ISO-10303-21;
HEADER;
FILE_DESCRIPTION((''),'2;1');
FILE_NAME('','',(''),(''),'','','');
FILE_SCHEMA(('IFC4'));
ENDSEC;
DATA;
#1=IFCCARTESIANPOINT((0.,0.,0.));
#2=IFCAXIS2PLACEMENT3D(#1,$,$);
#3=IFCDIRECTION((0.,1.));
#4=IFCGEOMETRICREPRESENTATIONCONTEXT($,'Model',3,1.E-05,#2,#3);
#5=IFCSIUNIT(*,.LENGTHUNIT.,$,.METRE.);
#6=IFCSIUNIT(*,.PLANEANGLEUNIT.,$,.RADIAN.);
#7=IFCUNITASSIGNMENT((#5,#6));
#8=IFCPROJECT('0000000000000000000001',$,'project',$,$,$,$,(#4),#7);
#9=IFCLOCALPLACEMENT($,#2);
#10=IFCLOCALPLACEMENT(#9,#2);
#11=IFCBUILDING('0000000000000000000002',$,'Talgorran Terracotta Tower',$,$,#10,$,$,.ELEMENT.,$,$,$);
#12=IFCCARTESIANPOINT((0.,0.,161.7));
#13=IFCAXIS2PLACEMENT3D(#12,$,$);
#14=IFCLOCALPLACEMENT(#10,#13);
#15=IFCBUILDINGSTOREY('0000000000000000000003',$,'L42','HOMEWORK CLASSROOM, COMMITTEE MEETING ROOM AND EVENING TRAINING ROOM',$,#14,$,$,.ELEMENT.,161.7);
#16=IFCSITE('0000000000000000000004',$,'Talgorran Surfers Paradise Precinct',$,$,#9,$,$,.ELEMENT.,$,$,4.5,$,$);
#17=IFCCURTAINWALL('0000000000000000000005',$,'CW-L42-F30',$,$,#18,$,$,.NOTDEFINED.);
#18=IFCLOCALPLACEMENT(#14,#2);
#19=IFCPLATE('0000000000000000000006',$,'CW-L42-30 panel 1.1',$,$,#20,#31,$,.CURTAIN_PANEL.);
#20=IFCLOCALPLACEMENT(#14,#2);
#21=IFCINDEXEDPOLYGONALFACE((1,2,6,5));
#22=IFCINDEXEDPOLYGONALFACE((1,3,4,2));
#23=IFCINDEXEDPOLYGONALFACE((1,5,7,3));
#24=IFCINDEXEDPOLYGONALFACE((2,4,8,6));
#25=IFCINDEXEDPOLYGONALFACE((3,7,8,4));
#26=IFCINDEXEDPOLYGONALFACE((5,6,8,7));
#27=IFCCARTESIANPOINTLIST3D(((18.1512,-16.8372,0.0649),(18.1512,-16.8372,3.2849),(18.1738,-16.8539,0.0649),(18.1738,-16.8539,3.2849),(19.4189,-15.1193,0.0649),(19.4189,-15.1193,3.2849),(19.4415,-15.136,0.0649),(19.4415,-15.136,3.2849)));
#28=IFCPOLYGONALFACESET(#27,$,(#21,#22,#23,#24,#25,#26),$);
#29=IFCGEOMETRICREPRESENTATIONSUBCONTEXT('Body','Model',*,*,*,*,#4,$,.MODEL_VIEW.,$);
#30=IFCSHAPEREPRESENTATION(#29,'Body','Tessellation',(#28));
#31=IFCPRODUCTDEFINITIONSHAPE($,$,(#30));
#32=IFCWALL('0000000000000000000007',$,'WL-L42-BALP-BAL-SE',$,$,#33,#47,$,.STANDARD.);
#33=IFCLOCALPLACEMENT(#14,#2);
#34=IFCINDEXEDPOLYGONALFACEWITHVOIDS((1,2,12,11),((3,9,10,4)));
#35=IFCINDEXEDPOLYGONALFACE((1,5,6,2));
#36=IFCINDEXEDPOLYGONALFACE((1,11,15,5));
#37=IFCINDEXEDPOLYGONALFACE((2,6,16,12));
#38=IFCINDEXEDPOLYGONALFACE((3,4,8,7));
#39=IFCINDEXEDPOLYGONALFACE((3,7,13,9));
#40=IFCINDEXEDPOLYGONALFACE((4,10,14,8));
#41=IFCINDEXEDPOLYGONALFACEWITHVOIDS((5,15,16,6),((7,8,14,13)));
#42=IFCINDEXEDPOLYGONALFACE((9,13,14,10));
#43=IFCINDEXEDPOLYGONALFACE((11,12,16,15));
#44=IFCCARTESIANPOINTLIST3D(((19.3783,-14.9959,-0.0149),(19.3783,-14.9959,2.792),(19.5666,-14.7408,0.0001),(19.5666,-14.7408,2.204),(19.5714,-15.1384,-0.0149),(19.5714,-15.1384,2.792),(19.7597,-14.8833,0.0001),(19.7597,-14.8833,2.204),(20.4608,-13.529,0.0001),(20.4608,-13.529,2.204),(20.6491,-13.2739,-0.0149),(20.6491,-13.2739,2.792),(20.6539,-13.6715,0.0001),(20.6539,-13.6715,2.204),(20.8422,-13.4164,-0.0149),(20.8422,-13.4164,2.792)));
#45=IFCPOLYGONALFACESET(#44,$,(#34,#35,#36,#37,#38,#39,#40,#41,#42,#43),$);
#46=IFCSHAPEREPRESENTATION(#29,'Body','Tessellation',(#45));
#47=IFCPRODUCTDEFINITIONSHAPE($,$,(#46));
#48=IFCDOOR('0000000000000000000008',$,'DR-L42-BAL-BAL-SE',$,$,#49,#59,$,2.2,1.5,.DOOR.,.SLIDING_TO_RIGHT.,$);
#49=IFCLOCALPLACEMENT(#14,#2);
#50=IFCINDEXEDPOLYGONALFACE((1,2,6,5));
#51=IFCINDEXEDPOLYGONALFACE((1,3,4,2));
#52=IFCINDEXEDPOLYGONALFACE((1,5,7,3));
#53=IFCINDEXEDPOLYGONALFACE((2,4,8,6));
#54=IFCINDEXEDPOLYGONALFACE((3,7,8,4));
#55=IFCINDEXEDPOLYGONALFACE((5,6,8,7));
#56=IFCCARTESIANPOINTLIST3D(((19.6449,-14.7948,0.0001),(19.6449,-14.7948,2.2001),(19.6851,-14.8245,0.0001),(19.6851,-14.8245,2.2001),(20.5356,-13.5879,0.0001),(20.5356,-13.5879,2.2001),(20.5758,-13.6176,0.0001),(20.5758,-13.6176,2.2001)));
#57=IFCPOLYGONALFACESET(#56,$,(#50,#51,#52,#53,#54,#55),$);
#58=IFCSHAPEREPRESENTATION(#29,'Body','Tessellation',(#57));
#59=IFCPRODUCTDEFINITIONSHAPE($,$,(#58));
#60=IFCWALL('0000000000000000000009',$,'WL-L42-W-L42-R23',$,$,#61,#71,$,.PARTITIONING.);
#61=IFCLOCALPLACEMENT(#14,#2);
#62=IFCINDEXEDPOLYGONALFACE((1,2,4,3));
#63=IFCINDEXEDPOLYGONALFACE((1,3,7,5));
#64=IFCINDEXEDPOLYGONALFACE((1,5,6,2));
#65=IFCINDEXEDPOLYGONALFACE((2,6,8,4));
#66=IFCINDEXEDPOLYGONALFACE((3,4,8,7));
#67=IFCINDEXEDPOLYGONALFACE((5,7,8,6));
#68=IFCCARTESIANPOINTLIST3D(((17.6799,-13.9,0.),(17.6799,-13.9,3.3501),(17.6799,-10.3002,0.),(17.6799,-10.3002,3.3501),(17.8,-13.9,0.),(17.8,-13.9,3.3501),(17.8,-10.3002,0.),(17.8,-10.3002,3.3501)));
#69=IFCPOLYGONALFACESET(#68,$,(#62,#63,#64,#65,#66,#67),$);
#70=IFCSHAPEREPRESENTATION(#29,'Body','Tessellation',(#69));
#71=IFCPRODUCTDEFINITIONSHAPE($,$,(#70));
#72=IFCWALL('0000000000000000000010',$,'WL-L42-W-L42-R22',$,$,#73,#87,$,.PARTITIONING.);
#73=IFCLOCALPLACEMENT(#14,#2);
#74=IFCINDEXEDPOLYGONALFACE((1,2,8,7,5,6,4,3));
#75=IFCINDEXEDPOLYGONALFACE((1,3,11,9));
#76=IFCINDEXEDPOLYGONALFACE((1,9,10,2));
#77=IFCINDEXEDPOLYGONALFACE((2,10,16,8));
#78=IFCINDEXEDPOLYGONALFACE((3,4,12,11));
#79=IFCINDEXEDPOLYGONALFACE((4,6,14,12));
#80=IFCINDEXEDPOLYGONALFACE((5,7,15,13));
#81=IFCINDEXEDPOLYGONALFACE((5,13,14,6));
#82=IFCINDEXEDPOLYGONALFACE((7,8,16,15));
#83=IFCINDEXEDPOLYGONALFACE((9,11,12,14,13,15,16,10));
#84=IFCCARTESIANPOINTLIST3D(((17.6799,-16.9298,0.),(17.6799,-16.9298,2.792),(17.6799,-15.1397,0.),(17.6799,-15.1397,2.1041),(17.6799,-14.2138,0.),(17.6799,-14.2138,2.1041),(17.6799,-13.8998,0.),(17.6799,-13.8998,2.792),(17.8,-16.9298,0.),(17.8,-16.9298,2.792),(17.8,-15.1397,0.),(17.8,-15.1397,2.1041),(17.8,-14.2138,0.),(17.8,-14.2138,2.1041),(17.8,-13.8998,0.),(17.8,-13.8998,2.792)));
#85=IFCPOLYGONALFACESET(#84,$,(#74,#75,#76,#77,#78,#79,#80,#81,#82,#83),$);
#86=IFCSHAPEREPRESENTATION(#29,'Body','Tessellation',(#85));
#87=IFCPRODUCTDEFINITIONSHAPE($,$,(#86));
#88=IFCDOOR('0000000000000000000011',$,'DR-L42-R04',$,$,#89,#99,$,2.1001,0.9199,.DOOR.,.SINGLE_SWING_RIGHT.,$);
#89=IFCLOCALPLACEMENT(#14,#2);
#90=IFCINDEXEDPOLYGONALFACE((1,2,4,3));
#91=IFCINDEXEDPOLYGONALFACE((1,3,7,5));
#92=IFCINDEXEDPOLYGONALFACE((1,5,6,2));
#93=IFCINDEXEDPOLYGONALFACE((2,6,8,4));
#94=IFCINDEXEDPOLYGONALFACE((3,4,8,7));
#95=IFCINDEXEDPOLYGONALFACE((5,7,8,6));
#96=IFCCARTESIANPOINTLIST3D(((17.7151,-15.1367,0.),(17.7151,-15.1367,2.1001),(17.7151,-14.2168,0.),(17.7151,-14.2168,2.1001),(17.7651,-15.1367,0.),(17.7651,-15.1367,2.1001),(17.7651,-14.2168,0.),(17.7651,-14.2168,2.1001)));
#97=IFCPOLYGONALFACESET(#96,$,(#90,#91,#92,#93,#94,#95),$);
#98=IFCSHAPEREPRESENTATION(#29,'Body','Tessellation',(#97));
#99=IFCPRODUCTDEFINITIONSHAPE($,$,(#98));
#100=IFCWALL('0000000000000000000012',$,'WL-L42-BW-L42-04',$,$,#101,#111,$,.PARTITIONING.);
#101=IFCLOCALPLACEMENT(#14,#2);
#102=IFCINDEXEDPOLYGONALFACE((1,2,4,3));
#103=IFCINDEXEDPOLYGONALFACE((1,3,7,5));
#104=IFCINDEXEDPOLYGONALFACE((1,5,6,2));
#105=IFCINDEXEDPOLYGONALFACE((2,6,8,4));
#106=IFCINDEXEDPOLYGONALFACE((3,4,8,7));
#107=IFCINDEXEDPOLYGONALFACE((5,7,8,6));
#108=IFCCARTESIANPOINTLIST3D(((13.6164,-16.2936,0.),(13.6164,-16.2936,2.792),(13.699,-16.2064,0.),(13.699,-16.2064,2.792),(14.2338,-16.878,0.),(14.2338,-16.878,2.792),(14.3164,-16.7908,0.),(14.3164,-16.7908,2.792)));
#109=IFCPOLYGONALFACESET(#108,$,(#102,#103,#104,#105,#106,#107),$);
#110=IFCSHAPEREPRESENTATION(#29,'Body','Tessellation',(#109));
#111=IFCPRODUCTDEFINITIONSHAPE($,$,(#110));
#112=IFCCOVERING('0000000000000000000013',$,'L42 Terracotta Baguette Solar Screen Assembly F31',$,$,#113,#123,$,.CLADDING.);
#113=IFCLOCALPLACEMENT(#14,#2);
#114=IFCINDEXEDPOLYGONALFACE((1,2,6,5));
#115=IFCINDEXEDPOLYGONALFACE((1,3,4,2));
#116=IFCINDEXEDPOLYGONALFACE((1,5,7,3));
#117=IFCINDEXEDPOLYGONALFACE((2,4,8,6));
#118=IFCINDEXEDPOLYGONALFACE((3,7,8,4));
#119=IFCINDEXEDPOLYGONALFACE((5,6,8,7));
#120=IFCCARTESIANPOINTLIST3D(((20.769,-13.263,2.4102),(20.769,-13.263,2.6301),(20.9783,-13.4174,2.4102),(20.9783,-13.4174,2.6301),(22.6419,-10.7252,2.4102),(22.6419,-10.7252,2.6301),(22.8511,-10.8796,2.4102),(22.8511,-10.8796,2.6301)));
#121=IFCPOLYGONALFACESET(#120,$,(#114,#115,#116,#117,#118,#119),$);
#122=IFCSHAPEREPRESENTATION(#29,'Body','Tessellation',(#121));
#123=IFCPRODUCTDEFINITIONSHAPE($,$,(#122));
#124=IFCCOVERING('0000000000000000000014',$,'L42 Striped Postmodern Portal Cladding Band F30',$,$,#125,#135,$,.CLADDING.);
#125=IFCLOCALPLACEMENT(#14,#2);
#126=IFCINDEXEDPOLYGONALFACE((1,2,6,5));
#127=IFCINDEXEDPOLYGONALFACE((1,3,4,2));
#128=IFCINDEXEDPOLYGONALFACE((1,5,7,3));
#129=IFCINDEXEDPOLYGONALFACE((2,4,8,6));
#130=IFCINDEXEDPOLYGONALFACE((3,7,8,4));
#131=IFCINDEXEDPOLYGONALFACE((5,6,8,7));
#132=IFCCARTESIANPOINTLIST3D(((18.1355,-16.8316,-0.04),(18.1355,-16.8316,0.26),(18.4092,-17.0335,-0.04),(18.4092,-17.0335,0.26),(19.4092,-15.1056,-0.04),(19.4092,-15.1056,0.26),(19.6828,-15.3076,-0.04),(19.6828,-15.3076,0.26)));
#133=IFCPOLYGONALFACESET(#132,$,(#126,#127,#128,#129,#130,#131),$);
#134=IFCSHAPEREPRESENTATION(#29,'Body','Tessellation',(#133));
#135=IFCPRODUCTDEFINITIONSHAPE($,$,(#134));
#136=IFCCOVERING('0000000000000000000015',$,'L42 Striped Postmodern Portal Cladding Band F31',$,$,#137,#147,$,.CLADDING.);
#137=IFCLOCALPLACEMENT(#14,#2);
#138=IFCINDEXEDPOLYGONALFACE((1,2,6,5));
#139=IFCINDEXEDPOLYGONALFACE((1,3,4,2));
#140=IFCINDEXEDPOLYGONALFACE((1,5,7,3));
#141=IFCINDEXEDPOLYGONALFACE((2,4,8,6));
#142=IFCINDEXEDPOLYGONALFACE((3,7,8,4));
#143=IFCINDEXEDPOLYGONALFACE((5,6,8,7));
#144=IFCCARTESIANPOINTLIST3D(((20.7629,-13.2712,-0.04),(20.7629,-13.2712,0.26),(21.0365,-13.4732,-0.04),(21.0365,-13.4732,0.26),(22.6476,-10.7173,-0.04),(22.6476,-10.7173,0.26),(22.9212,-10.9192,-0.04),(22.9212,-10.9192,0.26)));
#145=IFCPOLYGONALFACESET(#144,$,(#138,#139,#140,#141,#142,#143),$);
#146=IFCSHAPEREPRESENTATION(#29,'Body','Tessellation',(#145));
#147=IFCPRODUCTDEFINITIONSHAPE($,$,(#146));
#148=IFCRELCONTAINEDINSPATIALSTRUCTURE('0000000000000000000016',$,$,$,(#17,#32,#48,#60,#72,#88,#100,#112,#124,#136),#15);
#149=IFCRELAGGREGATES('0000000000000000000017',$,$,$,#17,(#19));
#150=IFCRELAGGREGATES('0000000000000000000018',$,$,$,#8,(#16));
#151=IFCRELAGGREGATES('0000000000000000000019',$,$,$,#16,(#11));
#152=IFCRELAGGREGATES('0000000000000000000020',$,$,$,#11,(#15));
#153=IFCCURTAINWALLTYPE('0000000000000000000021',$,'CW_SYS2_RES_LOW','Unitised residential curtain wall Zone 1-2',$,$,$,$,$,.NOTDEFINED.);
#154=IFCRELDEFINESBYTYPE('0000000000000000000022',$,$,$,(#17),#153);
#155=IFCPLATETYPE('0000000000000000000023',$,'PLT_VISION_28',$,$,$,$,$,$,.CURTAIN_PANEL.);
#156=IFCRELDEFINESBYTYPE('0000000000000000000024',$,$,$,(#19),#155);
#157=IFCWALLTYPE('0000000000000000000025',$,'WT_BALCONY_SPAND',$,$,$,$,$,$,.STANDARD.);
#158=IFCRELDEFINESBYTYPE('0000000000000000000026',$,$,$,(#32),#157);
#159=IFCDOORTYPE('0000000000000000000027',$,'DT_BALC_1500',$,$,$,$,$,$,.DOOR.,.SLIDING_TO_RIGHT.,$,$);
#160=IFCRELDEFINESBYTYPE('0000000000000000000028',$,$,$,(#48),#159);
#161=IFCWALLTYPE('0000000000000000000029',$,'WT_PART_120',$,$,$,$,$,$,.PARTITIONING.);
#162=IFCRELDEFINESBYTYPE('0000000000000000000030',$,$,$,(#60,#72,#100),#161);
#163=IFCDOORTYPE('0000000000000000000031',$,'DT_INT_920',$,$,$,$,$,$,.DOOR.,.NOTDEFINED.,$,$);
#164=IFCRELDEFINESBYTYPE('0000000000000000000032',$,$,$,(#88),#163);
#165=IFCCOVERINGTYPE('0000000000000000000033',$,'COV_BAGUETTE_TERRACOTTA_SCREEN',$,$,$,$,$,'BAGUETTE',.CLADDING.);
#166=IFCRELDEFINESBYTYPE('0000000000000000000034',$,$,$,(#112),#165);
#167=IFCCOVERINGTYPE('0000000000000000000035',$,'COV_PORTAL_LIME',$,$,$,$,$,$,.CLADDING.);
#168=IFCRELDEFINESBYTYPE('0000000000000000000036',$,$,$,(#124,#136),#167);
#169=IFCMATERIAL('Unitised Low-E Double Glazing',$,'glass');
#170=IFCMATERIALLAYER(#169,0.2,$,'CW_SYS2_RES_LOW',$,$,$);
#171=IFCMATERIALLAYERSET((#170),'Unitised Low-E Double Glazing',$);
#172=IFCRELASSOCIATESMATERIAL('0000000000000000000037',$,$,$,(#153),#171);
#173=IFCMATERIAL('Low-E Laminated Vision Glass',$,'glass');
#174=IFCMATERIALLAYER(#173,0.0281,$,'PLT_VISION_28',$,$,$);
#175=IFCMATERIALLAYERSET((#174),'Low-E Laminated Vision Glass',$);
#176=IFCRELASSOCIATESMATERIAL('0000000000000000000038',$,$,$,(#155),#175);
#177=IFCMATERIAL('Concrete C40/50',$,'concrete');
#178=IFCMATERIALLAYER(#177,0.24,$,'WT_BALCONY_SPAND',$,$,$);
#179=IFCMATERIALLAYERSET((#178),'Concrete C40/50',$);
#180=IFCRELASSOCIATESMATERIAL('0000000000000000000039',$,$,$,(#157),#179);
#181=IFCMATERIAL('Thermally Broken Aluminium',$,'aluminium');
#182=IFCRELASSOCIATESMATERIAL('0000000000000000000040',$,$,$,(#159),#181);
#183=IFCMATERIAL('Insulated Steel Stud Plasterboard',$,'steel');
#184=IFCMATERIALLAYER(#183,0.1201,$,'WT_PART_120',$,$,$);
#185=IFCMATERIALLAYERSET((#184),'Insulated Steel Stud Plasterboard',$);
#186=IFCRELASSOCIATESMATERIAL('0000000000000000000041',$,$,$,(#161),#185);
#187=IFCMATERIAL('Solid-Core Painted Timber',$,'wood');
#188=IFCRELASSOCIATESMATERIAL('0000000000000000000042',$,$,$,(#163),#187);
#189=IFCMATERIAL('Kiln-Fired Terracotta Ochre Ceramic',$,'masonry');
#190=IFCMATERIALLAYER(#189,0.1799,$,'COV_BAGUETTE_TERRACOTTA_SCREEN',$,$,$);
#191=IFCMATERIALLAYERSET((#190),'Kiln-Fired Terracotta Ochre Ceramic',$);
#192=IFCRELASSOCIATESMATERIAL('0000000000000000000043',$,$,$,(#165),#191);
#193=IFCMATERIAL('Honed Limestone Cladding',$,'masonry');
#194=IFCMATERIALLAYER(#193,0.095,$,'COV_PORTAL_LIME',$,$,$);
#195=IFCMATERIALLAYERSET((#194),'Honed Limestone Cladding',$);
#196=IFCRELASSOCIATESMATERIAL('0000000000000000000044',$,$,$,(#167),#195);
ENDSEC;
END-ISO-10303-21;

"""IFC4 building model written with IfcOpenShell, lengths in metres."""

from ifc_helpers import new_model, si_unit, direction, frame, frame_2d, origin, origin_2d, place, context, subcontext, project, spatial, rectangle, extrude, source, transform, mapped, material, layer, layer_set, type_object, element, fill, aggregate, save


model = new_model("IFC4")

# Units and contexts
model_context = context("Model", 3, precision=1e-05, world=origin(), true_north=direction((0.0, 1.0)))
body_context = subcontext(model_context, "Body", "Model", "MODEL_VIEW")
ifc_project = project(units=[si_unit("LENGTHUNIT", "METRE"), si_unit("PLANEANGLEUNIT", "RADIAN")], contexts=[model_context])

# Site, building, storey
site_placement = place(None, origin())
site = spatial("IfcSite", under=ifc_project, at=site_placement, Name="Talgorran Surfers Paradise Precinct", CompositionType="ELEMENT", RefElevation=4.5)
building_placement = place(site_placement, origin())
building = spatial("IfcBuilding", under=site, at=building_placement, Name="Talgorran Terracotta Tower", CompositionType="ELEMENT")
storey_placement = place(building_placement, frame((0.0, 0.0, 161.7)))
storey = spatial("IfcBuildingStorey", under=building, at=storey_placement, Name="L42", Description="HOMEWORK CLASSROOM, COMMITTEE MEETING ROOM AND EVENING TRAINING ROOM", CompositionType="ELEMENT", Elevation=161.7)

# Shared definitions
ifc_material_1 = material(Name="Unitised Low-E Double Glazing", Category="glass")
ifc_layer_1 = layer(ifc_material_1, 0.2, Name="CW_SYS2_RES_LOW")
ifc_layer_set_1 = layer_set([ifc_layer_1], Name="Unitised Low-E Double Glazing")
curtain_wall_type = type_object("IfcCurtainWallType", Name="CW_SYS2_RES_LOW", Description="Unitised residential curtain wall Zone 1-2", PredefinedType="NOTDEFINED", material=ifc_layer_set_1)

# Curtain wall
curtain_wall_1_placement = place(storey_placement, origin())
curtain_wall_1 = element("IfcCurtainWall", 1, at=curtain_wall_1_placement, inside=storey, type_object=curtain_wall_type, Name="CW-L42-F30", PredefinedType="NOTDEFINED")

# Plate
ifc_material_2 = material(Name="Low-E Laminated Vision Glass", Category="glass")
ifc_layer_2 = layer(ifc_material_2, 0.0281, Name="PLT_VISION_28")
ifc_layer_set_2 = layer_set([ifc_layer_2], Name="Low-E Laminated Vision Glass")
plate_type = type_object("IfcPlateType", Name="PLT_VISION_28", PredefinedType="CURTAIN_PANEL", material=ifc_layer_set_2)
shared_shape_1 = source(origin(), body_context, "Body", "SweptSolid", [
    extrude(rectangle(XDim=2.135, YDim=0.0281, at=origin_2d()), origin(), (0.0, 0.0, 1.0), 3.22),
])
plate_1_placement = place(storey_placement, frame((18.7964, -15.9866, 0.0649), z_axis=(0.0, 0.0, 1.0), x_axis=(0.593773, 0.804633, 0.0)))
plate_1 = element("IfcPlate", 2, at=plate_1_placement, type_object=plate_type, Name="CW-L42-30 panel 1.1", PredefinedType="CURTAIN_PANEL", context=body_context, shape_type="MappedRepresentation", body=[
    mapped(shared_shape_1, transform((0.0, 0.0, 0.0), scale=1.0)),
])
aggregate(curtain_wall_1, [plate_1])

# Wall, opening, door
ifc_material_3 = material(Name="Concrete C40/50", Category="concrete")
ifc_layer_3 = layer(ifc_material_3, 0.24, Name="WT_BALCONY_SPAND")
ifc_layer_set_3 = layer_set([ifc_layer_3], Name="Concrete C40/50")
wall_type_1 = type_object("IfcWallType", Name="WT_BALCONY_SPAND", PredefinedType="STANDARD", material=ifc_layer_set_3)
wall_1_placement = place(storey_placement, frame((19.4749, -15.0671, -0.0149), z_axis=(0.0, 0.0, 1.0), x_axis=(0.593794, 0.804617, 0.0)))
wall_1 = element("IfcWall", 3, at=wall_1_placement, inside=storey, type_object=wall_type_1, Name="WL-L42-BALP-BAL-SE", PredefinedType="STANDARD", context=body_context, shape_type="SweptSolid", body=[
    extrude(rectangle(XDim=2.1401, YDim=0.24, at=frame_2d((1.0701, 0.0))), origin(), (0.0, 0.0, 1.0), 2.8069),
])
opening_1_placement = place(wall_1_placement, frame((0.3201, 0.0, 0.0149)))
opening_1 = element("IfcOpeningElement", 4, at=opening_1_placement, cuts=wall_1, PredefinedType="OPENING", context=body_context, shape_type="SweptSolid", body=[
    extrude(rectangle(XDim=1.506, YDim=2.204, at=frame_2d((0.75, 1.1021))), frame((0.0, 0.1299, 0.0), z_axis=(0.0, -1.0, 0.0), x_axis=(1.0, 0.0, 0.0)), (0.0, 0.0, 1.0), 0.26),
])
ifc_material_4 = material(Name="Thermally Broken Aluminium", Category="aluminium")
door_type_1 = type_object("IfcDoorType", Name="DT_BALC_1500", OperationType="SLIDING_TO_RIGHT", PredefinedType="DOOR", material=ifc_material_4)
door_1_placement = place(opening_1_placement, origin())
door_1 = element("IfcDoor", 5, at=door_1_placement, inside=storey, type_object=door_type_1, Name="DR-L42-BAL-BAL-SE", OperationType="SLIDING_TO_RIGHT", OverallHeight=2.2, OverallWidth=1.5, PredefinedType="DOOR", context=body_context, shape_type="SweptSolid", body=[
    extrude(rectangle(XDim=1.5, YDim=2.2, at=frame_2d((0.75, 1.1001))), frame((0.0, 0.0249, 0.0), z_axis=(0.0, -1.0, 0.0), x_axis=(1.0, 0.0, 0.0)), (0.0, 0.0, 1.0), 0.05),
])
fill(opening_1, door_1)

# Wall
ifc_material_5 = material(Name="Insulated Steel Stud Plasterboard", Category="steel")
ifc_layer_4 = layer(ifc_material_5, 0.1201, Name="WT_PART_120")
ifc_layer_set_4 = layer_set([ifc_layer_4], Name="Insulated Steel Stud Plasterboard")
wall_type_2 = type_object("IfcWallType", Name="WT_PART_120", PredefinedType="PARTITIONING", material=ifc_layer_set_4)
wall_2_placement = place(storey_placement, frame((17.74, -13.8999, 0.0), z_axis=(0.0, 0.0, 1.0), x_axis=(0.0, 1.0, 0.0)))
element("IfcWall", 6, at=wall_2_placement, inside=storey, type_object=wall_type_2, Name="WL-L42-W-L42-R23", PredefinedType="PARTITIONING", context=body_context, shape_type="SweptSolid", body=[
    extrude(rectangle(XDim=3.5999, YDim=0.1201, at=frame_2d((1.7998, 0.0))), origin(), (0.0, 0.0, 1.0), 3.3501),
])

# Wall, opening, door
wall_3_placement = place(storey_placement, frame((17.74, -16.9299, 0.0), z_axis=(0.0, 0.0, 1.0), x_axis=(0.0, 1.0, 0.0)))
wall_3 = element("IfcWall", 7, at=wall_3_placement, inside=storey, type_object=wall_type_2, Name="WL-L42-W-L42-R22", PredefinedType="PARTITIONING", context=body_context, shape_type="SweptSolid", body=[
    extrude(rectangle(XDim=3.03, YDim=0.1201, at=frame_2d((1.5151, 0.0))), origin(), (0.0, 0.0, 1.0), 2.792),
])
opening_2_placement = place(wall_3_placement, frame((1.7932, 0.0, 0.0)))
opening_2 = element("IfcOpeningElement", 8, at=opening_2_placement, cuts=wall_3, PredefinedType="OPENING", context=body_context, shape_type="SweptSolid", body=[
    extrude(rectangle(XDim=0.9259, YDim=2.1041, at=frame_2d((0.46, 1.052))), frame((0.0, 0.0701, 0.0), z_axis=(0.0, -1.0, 0.0), x_axis=(1.0, 0.0, 0.0)), (0.0, 0.0, 1.0), 0.1401),
])
ifc_material_6 = material(Name="Solid-Core Painted Timber", Category="wood")
door_type_2 = type_object("IfcDoorType", Name="DT_INT_920", OperationType="NOTDEFINED", PredefinedType="DOOR", material=ifc_material_6)
door_2_placement = place(opening_2_placement, origin())
door_2 = element("IfcDoor", 9, at=door_2_placement, inside=storey, type_object=door_type_2, Name="DR-L42-R04", OperationType="SINGLE_SWING_RIGHT", OverallHeight=2.1001, OverallWidth=0.9199, PredefinedType="DOOR", context=body_context, shape_type="SweptSolid", body=[
    extrude(rectangle(XDim=0.9199, YDim=2.1001, at=frame_2d((0.46, 1.05))), frame((0.0, 0.0249, 0.0), z_axis=(0.0, -1.0, 0.0), x_axis=(1.0, 0.0, 0.0)), (0.0, 0.0, 1.0), 0.05),
])
fill(opening_2, door_2)

# Wall
wall_4_placement = place(storey_placement, frame((13.6577, -16.25, 0.0), z_axis=(0.0, 0.0, 1.0), x_axis=(0.726224, -0.687458, 0.0)))
element("IfcWall", 10, at=wall_4_placement, inside=storey, type_object=wall_type_2, Name="WL-L42-BW-L42-04", PredefinedType="PARTITIONING", context=body_context, shape_type="SweptSolid", body=[
    extrude(rectangle(XDim=0.8501, YDim=0.1201, at=frame_2d((0.425, 0.0))), origin(), (0.0, 0.0, 1.0), 2.792),
])

# Coverings
ifc_material_7 = material(Name="Kiln-Fired Terracotta Ochre Ceramic", Category="masonry")
ifc_layer_5 = layer(ifc_material_7, 0.1799, Name="COV_BAGUETTE_TERRACOTTA_SCREEN")
ifc_layer_set_5 = layer_set([ifc_layer_5], Name="Kiln-Fired Terracotta Ochre Ceramic")
covering_type_1 = type_object("IfcCoveringType", Name="COV_BAGUETTE_TERRACOTTA_SCREEN", ElementType="BAGUETTE", PredefinedType="CLADDING", material=ifc_layer_set_5)
covering_1_placement = place(storey_placement, frame((21.8101, -12.0713, 2.4102), z_axis=(0.0, 0.0, 1.0), x_axis=(0.593784, 0.804624, 0.0)))
element("IfcCovering", 11, at=covering_1_placement, inside=storey, type_object=covering_type_1, Name="L42 Terracotta Baguette Solar Screen Assembly F31", PredefinedType="CLADDING", context=body_context, shape_type="SweptSolid", body=[
    extrude(rectangle(XDim=3.1541, YDim=0.26, at=origin_2d()), origin(), (0.0, 0.0, 1.0), 0.22),
])
ifc_material_8 = material(Name="Honed Limestone Cladding", Category="masonry")
ifc_layer_6 = layer(ifc_material_8, 0.095, Name="COV_PORTAL_LIME")
ifc_layer_set_6 = layer_set([ifc_layer_6], Name="Honed Limestone Cladding")
covering_type_2 = type_object("IfcCoveringType", Name="COV_PORTAL_LIME", PredefinedType="CLADDING", material=ifc_layer_set_6)
covering_2_placement = place(storey_placement, frame((18.9092, -16.0696, -0.04), z_axis=(0.0, 0.0, 1.0), x_axis=(0.59377, 0.804635, 0.0)))
element("IfcCovering", 12, at=covering_2_placement, inside=storey, type_object=covering_type_2, Name="L42 Striped Postmodern Portal Cladding Band F30", PredefinedType="CLADDING", context=body_context, shape_type="SweptSolid", body=[
    extrude(rectangle(XDim=2.145, YDim=0.3401, at=origin_2d()), origin(), (0.0, 0.0, 1.0), 0.3),
])
covering_3_placement = place(storey_placement, frame((21.842, -12.0952, -0.04), z_axis=(0.0, 0.0, 1.0), x_axis=(0.593784, 0.804624, 0.0)))
element("IfcCovering", 13, at=covering_3_placement, inside=storey, type_object=covering_type_2, Name="L42 Striped Postmodern Portal Cladding Band F31", PredefinedType="CLADDING", context=body_context, shape_type="SweptSolid", body=[
    extrude(rectangle(XDim=3.1741, YDim=0.3401, at=origin_2d()), origin(), (0.0, 0.0, 1.0), 0.3),
])

save(model, "model.ifc")
